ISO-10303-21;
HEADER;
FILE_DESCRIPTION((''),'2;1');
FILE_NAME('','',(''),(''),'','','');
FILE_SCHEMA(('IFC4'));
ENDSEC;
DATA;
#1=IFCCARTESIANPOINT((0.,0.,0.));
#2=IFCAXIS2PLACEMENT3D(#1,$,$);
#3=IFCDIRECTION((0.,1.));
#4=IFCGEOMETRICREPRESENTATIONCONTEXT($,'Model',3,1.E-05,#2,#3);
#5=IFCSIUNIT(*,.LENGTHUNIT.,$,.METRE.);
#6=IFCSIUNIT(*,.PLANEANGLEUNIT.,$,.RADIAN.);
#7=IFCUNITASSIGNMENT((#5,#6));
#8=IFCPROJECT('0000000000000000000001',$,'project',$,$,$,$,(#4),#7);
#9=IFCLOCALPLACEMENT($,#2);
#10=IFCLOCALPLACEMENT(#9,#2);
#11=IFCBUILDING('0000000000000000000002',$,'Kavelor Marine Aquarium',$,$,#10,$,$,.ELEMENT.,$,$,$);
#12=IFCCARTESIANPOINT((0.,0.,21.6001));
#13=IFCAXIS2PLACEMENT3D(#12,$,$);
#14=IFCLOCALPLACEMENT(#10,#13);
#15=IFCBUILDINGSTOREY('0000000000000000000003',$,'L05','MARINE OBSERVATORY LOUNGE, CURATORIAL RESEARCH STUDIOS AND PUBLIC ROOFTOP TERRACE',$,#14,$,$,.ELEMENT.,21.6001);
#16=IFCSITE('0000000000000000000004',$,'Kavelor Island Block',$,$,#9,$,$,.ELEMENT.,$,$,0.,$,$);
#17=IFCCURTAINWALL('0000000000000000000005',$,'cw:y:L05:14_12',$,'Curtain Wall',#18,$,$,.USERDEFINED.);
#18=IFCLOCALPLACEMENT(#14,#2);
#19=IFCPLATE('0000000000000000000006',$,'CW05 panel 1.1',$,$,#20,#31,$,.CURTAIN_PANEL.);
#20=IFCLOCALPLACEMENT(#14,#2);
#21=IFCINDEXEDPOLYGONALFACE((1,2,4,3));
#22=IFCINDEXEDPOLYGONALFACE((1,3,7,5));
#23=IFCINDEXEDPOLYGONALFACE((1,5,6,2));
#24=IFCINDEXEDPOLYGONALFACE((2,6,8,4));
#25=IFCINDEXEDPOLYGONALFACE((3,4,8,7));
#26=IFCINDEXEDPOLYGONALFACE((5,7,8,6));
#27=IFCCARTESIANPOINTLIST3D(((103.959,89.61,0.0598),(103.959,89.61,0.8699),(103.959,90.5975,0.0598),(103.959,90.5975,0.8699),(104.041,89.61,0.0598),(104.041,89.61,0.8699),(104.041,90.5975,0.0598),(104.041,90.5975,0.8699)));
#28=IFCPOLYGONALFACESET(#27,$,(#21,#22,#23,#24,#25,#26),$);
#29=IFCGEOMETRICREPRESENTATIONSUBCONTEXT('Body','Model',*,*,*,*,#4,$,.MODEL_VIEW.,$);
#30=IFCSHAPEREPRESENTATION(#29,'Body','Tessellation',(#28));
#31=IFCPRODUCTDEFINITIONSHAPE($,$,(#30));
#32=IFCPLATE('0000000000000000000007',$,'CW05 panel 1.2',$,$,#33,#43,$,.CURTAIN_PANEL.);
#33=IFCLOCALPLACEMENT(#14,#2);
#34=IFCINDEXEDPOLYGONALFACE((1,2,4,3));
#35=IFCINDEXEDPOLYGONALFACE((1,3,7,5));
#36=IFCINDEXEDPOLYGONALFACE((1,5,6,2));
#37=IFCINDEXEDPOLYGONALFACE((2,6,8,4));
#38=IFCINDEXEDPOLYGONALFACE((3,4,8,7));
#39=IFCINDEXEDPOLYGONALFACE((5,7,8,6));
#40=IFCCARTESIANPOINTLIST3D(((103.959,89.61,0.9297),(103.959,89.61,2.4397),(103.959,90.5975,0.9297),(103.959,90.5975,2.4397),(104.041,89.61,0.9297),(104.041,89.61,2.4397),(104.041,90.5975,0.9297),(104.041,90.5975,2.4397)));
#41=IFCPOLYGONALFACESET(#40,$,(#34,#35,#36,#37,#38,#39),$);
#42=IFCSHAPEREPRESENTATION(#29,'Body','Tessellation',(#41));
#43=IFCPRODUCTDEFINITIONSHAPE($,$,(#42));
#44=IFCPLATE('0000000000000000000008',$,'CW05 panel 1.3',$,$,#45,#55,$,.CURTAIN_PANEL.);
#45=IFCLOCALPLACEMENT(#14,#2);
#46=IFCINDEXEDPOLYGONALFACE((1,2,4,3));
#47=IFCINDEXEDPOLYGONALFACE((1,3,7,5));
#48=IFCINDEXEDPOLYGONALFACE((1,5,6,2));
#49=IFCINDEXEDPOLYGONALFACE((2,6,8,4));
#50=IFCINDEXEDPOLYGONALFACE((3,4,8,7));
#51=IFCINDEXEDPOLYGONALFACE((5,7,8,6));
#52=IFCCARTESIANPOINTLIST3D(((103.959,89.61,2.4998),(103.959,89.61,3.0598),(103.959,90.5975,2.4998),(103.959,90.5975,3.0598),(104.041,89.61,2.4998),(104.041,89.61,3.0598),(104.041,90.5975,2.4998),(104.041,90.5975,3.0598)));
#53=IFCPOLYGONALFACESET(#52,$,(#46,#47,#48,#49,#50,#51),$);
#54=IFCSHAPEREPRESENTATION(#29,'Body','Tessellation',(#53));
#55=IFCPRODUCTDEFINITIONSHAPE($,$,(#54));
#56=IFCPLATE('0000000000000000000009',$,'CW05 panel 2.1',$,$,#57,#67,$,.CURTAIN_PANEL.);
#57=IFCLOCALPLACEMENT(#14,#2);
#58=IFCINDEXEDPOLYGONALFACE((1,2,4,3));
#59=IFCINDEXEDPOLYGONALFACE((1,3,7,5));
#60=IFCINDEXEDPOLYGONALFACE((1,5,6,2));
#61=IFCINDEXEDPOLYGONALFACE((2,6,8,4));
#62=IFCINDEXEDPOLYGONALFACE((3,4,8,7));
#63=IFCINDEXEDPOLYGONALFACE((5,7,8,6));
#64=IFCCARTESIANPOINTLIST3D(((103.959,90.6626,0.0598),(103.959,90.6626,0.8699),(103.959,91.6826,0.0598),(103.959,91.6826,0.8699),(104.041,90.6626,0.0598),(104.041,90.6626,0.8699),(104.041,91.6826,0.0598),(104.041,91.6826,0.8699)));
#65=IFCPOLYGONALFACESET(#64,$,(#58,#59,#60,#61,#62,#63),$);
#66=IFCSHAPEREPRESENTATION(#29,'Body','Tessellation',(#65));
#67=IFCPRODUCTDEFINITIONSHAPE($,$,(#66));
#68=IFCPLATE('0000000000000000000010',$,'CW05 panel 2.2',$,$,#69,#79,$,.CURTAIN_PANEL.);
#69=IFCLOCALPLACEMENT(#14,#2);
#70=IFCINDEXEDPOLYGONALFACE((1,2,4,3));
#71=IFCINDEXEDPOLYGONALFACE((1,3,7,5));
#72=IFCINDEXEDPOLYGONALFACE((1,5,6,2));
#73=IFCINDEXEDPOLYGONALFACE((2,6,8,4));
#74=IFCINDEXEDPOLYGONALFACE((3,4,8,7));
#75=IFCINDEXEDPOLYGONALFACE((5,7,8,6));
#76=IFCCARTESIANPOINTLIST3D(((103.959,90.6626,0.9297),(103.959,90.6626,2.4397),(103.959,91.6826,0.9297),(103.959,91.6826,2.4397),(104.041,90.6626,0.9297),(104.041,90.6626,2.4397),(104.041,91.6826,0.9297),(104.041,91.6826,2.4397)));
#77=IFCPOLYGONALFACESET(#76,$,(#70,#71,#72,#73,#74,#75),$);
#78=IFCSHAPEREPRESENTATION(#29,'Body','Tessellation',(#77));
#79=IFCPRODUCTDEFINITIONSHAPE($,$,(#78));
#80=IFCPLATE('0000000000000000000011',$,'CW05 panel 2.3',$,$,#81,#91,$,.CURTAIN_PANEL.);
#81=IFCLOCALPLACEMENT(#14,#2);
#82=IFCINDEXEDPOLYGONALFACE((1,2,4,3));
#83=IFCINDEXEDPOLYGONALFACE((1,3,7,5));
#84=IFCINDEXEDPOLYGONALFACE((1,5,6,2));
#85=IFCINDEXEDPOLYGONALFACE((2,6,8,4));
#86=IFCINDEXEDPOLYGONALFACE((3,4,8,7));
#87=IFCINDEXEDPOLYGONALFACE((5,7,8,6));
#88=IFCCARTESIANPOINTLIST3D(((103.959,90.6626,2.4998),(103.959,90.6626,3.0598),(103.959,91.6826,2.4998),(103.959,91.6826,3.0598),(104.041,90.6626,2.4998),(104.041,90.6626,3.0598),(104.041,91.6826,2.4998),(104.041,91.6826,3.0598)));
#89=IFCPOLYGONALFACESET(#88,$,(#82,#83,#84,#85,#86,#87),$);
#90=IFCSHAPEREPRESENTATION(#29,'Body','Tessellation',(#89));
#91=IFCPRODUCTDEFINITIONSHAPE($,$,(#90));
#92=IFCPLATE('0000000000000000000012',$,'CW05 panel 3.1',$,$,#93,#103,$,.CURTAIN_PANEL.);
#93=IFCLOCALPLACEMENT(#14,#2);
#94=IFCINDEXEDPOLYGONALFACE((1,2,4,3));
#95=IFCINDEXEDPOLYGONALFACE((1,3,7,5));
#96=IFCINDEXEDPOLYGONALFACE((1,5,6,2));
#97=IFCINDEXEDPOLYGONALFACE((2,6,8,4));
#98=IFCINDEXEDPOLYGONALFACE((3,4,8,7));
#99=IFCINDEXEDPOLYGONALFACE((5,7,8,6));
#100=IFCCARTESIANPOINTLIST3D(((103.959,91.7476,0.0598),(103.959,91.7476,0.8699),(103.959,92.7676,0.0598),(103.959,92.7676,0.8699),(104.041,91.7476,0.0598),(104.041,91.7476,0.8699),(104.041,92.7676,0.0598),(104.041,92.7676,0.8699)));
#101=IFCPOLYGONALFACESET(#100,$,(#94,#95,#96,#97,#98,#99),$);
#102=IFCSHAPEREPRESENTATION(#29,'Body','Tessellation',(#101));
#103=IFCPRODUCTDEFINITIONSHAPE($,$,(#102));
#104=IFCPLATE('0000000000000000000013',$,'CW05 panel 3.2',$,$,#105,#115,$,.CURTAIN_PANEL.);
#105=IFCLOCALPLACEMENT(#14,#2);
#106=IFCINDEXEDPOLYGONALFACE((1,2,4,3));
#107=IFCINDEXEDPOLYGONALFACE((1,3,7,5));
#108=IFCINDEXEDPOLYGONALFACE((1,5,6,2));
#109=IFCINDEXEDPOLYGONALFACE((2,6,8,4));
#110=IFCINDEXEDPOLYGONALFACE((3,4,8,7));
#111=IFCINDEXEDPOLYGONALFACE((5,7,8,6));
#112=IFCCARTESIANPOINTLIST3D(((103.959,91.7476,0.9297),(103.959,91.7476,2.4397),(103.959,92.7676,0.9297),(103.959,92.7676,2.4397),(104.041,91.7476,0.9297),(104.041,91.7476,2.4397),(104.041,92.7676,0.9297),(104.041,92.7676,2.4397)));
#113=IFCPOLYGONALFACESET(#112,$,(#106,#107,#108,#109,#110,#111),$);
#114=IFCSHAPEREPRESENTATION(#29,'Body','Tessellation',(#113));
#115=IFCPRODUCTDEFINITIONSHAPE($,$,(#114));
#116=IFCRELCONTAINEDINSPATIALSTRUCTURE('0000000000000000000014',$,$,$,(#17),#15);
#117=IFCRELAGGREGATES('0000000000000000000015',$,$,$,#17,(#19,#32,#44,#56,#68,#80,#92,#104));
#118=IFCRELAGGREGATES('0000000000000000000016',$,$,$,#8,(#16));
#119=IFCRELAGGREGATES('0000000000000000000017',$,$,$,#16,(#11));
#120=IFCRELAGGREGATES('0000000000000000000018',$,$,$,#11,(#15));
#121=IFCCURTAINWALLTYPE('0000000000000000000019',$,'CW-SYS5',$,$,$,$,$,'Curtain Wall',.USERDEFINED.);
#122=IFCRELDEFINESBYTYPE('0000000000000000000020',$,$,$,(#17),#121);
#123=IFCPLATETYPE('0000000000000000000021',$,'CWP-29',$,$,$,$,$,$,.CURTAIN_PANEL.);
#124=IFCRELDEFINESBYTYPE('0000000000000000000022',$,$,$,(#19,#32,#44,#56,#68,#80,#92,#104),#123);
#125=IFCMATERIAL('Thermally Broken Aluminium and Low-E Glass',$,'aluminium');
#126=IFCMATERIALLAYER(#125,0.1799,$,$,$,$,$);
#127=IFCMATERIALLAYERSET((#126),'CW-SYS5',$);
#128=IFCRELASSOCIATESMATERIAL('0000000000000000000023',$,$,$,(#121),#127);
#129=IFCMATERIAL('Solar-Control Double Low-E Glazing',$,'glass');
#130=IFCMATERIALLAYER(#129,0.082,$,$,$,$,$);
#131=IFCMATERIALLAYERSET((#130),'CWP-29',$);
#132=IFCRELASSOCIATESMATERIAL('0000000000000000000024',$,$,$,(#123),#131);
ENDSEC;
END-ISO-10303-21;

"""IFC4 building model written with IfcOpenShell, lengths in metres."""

from ifc_helpers import new_model, si_unit, direction, frame, origin, origin_2d, place, context, subcontext, project, spatial, rectangle, extrude, material, layer, layer_set, type_object, element, aggregate, save


model = new_model("IFC4")

# Units and contexts
model_context = context("Model", 3, precision=1e-05, world=origin(), true_north=direction((0.0, 1.0)))
body_context = subcontext(model_context, "Body", "Model", "MODEL_VIEW")
ifc_project = project(units=[si_unit("LENGTHUNIT", "METRE"), si_unit("PLANEANGLEUNIT", "RADIAN")], contexts=[model_context])

# Site, building, storey
site_placement = place(None, origin())
site = spatial("IfcSite", under=ifc_project, at=site_placement, Name="Kavelor Island Block", CompositionType="ELEMENT", RefElevation=0.0)
building_placement = place(site_placement, origin())
building = spatial("IfcBuilding", under=site, at=building_placement, Name="Kavelor Marine Aquarium", CompositionType="ELEMENT")
storey_placement = place(building_placement, frame((0.0, 0.0, 21.6001)))
storey = spatial("IfcBuildingStorey", under=building, at=storey_placement, Name="L05", Description="MARINE OBSERVATORY LOUNGE, CURATORIAL RESEARCH STUDIOS AND PUBLIC ROOFTOP TERRACE", CompositionType="ELEMENT", Elevation=21.6001)

# Curtain wall, plates
ifc_material_1 = material(Name="Thermally Broken Aluminium and Low-E Glass", Category="aluminium")
ifc_layer_1 = layer(ifc_material_1, 0.1799)
ifc_layer_set_1 = layer_set([ifc_layer_1], Name="CW-SYS5")
curtain_wall_type = type_object("IfcCurtainWallType", Name="CW-SYS5", ElementType="Curtain Wall", PredefinedType="USERDEFINED", material=ifc_layer_set_1)
curtain_wall_placement = place(storey_placement, origin())
curtain_wall = element("IfcCurtainWall", 1, at=curtain_wall_placement, inside=storey, type_object=curtain_wall_type, Name="cw:y:L05:14_12", ObjectType="Curtain Wall", PredefinedType="USERDEFINED")
ifc_material_2 = material(Name="Solar-Control Double Low-E Glazing", Category="glass")
ifc_layer_2 = layer(ifc_material_2, 0.082)
ifc_layer_set_2 = layer_set([ifc_layer_2], Name="CWP-29")
plate_type = type_object("IfcPlateType", Name="CWP-29", PredefinedType="CURTAIN_PANEL", material=ifc_layer_set_2)
plate_1_placement = place(storey_placement, frame((104.0, 90.1038, 0.0598), z_axis=(0.0, 0.0, 1.0), x_axis=(0.0, 1.0, 0.0)))
plate_1 = element("IfcPlate", 2, at=plate_1_placement, type_object=plate_type, Name="CW05 panel 1.1", PredefinedType="CURTAIN_PANEL", context=body_context, shape_type="SweptSolid", body=[
    extrude(rectangle(XDim=0.9875, YDim=0.082, at=origin_2d()), origin(), (0.0, 0.0, 1.0), 0.8101),
])
plate_2_placement = place(storey_placement, frame((104.0, 90.1038, 0.9297), z_axis=(0.0, 0.0, 1.0), x_axis=(0.0, 1.0, 0.0)))
plate_2 = element("IfcPlate", 3, at=plate_2_placement, type_object=plate_type, Name="CW05 panel 1.2", PredefinedType="CURTAIN_PANEL", context=body_context, shape_type="SweptSolid", body=[
    extrude(rectangle(XDim=0.9875, YDim=0.082, at=origin_2d()), origin(), (0.0, 0.0, 1.0), 1.51),
])
plate_3_placement = place(storey_placement, frame((104.0, 90.1038, 2.4998), z_axis=(0.0, 0.0, 1.0), x_axis=(0.0, 1.0, 0.0)))
plate_3 = element("IfcPlate", 4, at=plate_3_placement, type_object=plate_type, Name="CW05 panel 1.3", PredefinedType="CURTAIN_PANEL", context=body_context, shape_type="SweptSolid", body=[
    extrude(rectangle(XDim=0.9875, YDim=0.082, at=origin_2d()), origin(), (0.0, 0.0, 1.0), 0.5601),
])
plate_4_placement = place(storey_placement, frame((104.0, 91.1726, 0.0598), z_axis=(0.0, 0.0, 1.0), x_axis=(0.0, 1.0, 0.0)))
plate_4 = element("IfcPlate", 5, at=plate_4_placement, type_object=plate_type, Name="CW05 panel 2.1", PredefinedType="CURTAIN_PANEL", context=body_context, shape_type="SweptSolid", body=[
    extrude(rectangle(XDim=1.02, YDim=0.082, at=origin_2d()), origin(), (0.0, 0.0, 1.0), 0.8101),
])
plate_5_placement = place(storey_placement, frame((104.0, 91.1726, 0.9297), z_axis=(0.0, 0.0, 1.0), x_axis=(0.0, 1.0, 0.0)))
plate_5 = element("IfcPlate", 6, at=plate_5_placement, type_object=plate_type, Name="CW05 panel 2.2", PredefinedType="CURTAIN_PANEL", context=body_context, shape_type="SweptSolid", body=[
    extrude(rectangle(XDim=1.02, YDim=0.082, at=origin_2d()), origin(), (0.0, 0.0, 1.0), 1.51),
])
plate_6_placement = place(storey_placement, frame((104.0, 91.1726, 2.4998), z_axis=(0.0, 0.0, 1.0), x_axis=(0.0, 1.0, 0.0)))
plate_6 = element("IfcPlate", 7, at=plate_6_placement, type_object=plate_type, Name="CW05 panel 2.3", PredefinedType="CURTAIN_PANEL", context=body_context, shape_type="SweptSolid", body=[
    extrude(rectangle(XDim=1.02, YDim=0.082, at=origin_2d()), origin(), (0.0, 0.0, 1.0), 0.5601),
])
plate_7_placement = place(storey_placement, frame((104.0, 92.2576, 0.0598), z_axis=(0.0, 0.0, 1.0), x_axis=(0.0, 1.0, 0.0)))
plate_7 = element("IfcPlate", 8, at=plate_7_placement, type_object=plate_type, Name="CW05 panel 3.1", PredefinedType="CURTAIN_PANEL", context=body_context, shape_type="SweptSolid", body=[
    extrude(rectangle(XDim=1.02, YDim=0.082, at=origin_2d()), origin(), (0.0, 0.0, 1.0), 0.8101),
])
plate_8_placement = place(storey_placement, frame((104.0, 92.2576, 0.9297), z_axis=(0.0, 0.0, 1.0), x_axis=(0.0, 1.0, 0.0)))
plate_8 = element("IfcPlate", 9, at=plate_8_placement, type_object=plate_type, Name="CW05 panel 3.2", PredefinedType="CURTAIN_PANEL", context=body_context, shape_type="SweptSolid", body=[
    extrude(rectangle(XDim=1.02, YDim=0.082, at=origin_2d()), origin(), (0.0, 0.0, 1.0), 1.51),
])
aggregate(curtain_wall, [plate_1, plate_2, plate_3, plate_4, plate_5, plate_6, plate_7, plate_8])

save(model, "model.ifc")
